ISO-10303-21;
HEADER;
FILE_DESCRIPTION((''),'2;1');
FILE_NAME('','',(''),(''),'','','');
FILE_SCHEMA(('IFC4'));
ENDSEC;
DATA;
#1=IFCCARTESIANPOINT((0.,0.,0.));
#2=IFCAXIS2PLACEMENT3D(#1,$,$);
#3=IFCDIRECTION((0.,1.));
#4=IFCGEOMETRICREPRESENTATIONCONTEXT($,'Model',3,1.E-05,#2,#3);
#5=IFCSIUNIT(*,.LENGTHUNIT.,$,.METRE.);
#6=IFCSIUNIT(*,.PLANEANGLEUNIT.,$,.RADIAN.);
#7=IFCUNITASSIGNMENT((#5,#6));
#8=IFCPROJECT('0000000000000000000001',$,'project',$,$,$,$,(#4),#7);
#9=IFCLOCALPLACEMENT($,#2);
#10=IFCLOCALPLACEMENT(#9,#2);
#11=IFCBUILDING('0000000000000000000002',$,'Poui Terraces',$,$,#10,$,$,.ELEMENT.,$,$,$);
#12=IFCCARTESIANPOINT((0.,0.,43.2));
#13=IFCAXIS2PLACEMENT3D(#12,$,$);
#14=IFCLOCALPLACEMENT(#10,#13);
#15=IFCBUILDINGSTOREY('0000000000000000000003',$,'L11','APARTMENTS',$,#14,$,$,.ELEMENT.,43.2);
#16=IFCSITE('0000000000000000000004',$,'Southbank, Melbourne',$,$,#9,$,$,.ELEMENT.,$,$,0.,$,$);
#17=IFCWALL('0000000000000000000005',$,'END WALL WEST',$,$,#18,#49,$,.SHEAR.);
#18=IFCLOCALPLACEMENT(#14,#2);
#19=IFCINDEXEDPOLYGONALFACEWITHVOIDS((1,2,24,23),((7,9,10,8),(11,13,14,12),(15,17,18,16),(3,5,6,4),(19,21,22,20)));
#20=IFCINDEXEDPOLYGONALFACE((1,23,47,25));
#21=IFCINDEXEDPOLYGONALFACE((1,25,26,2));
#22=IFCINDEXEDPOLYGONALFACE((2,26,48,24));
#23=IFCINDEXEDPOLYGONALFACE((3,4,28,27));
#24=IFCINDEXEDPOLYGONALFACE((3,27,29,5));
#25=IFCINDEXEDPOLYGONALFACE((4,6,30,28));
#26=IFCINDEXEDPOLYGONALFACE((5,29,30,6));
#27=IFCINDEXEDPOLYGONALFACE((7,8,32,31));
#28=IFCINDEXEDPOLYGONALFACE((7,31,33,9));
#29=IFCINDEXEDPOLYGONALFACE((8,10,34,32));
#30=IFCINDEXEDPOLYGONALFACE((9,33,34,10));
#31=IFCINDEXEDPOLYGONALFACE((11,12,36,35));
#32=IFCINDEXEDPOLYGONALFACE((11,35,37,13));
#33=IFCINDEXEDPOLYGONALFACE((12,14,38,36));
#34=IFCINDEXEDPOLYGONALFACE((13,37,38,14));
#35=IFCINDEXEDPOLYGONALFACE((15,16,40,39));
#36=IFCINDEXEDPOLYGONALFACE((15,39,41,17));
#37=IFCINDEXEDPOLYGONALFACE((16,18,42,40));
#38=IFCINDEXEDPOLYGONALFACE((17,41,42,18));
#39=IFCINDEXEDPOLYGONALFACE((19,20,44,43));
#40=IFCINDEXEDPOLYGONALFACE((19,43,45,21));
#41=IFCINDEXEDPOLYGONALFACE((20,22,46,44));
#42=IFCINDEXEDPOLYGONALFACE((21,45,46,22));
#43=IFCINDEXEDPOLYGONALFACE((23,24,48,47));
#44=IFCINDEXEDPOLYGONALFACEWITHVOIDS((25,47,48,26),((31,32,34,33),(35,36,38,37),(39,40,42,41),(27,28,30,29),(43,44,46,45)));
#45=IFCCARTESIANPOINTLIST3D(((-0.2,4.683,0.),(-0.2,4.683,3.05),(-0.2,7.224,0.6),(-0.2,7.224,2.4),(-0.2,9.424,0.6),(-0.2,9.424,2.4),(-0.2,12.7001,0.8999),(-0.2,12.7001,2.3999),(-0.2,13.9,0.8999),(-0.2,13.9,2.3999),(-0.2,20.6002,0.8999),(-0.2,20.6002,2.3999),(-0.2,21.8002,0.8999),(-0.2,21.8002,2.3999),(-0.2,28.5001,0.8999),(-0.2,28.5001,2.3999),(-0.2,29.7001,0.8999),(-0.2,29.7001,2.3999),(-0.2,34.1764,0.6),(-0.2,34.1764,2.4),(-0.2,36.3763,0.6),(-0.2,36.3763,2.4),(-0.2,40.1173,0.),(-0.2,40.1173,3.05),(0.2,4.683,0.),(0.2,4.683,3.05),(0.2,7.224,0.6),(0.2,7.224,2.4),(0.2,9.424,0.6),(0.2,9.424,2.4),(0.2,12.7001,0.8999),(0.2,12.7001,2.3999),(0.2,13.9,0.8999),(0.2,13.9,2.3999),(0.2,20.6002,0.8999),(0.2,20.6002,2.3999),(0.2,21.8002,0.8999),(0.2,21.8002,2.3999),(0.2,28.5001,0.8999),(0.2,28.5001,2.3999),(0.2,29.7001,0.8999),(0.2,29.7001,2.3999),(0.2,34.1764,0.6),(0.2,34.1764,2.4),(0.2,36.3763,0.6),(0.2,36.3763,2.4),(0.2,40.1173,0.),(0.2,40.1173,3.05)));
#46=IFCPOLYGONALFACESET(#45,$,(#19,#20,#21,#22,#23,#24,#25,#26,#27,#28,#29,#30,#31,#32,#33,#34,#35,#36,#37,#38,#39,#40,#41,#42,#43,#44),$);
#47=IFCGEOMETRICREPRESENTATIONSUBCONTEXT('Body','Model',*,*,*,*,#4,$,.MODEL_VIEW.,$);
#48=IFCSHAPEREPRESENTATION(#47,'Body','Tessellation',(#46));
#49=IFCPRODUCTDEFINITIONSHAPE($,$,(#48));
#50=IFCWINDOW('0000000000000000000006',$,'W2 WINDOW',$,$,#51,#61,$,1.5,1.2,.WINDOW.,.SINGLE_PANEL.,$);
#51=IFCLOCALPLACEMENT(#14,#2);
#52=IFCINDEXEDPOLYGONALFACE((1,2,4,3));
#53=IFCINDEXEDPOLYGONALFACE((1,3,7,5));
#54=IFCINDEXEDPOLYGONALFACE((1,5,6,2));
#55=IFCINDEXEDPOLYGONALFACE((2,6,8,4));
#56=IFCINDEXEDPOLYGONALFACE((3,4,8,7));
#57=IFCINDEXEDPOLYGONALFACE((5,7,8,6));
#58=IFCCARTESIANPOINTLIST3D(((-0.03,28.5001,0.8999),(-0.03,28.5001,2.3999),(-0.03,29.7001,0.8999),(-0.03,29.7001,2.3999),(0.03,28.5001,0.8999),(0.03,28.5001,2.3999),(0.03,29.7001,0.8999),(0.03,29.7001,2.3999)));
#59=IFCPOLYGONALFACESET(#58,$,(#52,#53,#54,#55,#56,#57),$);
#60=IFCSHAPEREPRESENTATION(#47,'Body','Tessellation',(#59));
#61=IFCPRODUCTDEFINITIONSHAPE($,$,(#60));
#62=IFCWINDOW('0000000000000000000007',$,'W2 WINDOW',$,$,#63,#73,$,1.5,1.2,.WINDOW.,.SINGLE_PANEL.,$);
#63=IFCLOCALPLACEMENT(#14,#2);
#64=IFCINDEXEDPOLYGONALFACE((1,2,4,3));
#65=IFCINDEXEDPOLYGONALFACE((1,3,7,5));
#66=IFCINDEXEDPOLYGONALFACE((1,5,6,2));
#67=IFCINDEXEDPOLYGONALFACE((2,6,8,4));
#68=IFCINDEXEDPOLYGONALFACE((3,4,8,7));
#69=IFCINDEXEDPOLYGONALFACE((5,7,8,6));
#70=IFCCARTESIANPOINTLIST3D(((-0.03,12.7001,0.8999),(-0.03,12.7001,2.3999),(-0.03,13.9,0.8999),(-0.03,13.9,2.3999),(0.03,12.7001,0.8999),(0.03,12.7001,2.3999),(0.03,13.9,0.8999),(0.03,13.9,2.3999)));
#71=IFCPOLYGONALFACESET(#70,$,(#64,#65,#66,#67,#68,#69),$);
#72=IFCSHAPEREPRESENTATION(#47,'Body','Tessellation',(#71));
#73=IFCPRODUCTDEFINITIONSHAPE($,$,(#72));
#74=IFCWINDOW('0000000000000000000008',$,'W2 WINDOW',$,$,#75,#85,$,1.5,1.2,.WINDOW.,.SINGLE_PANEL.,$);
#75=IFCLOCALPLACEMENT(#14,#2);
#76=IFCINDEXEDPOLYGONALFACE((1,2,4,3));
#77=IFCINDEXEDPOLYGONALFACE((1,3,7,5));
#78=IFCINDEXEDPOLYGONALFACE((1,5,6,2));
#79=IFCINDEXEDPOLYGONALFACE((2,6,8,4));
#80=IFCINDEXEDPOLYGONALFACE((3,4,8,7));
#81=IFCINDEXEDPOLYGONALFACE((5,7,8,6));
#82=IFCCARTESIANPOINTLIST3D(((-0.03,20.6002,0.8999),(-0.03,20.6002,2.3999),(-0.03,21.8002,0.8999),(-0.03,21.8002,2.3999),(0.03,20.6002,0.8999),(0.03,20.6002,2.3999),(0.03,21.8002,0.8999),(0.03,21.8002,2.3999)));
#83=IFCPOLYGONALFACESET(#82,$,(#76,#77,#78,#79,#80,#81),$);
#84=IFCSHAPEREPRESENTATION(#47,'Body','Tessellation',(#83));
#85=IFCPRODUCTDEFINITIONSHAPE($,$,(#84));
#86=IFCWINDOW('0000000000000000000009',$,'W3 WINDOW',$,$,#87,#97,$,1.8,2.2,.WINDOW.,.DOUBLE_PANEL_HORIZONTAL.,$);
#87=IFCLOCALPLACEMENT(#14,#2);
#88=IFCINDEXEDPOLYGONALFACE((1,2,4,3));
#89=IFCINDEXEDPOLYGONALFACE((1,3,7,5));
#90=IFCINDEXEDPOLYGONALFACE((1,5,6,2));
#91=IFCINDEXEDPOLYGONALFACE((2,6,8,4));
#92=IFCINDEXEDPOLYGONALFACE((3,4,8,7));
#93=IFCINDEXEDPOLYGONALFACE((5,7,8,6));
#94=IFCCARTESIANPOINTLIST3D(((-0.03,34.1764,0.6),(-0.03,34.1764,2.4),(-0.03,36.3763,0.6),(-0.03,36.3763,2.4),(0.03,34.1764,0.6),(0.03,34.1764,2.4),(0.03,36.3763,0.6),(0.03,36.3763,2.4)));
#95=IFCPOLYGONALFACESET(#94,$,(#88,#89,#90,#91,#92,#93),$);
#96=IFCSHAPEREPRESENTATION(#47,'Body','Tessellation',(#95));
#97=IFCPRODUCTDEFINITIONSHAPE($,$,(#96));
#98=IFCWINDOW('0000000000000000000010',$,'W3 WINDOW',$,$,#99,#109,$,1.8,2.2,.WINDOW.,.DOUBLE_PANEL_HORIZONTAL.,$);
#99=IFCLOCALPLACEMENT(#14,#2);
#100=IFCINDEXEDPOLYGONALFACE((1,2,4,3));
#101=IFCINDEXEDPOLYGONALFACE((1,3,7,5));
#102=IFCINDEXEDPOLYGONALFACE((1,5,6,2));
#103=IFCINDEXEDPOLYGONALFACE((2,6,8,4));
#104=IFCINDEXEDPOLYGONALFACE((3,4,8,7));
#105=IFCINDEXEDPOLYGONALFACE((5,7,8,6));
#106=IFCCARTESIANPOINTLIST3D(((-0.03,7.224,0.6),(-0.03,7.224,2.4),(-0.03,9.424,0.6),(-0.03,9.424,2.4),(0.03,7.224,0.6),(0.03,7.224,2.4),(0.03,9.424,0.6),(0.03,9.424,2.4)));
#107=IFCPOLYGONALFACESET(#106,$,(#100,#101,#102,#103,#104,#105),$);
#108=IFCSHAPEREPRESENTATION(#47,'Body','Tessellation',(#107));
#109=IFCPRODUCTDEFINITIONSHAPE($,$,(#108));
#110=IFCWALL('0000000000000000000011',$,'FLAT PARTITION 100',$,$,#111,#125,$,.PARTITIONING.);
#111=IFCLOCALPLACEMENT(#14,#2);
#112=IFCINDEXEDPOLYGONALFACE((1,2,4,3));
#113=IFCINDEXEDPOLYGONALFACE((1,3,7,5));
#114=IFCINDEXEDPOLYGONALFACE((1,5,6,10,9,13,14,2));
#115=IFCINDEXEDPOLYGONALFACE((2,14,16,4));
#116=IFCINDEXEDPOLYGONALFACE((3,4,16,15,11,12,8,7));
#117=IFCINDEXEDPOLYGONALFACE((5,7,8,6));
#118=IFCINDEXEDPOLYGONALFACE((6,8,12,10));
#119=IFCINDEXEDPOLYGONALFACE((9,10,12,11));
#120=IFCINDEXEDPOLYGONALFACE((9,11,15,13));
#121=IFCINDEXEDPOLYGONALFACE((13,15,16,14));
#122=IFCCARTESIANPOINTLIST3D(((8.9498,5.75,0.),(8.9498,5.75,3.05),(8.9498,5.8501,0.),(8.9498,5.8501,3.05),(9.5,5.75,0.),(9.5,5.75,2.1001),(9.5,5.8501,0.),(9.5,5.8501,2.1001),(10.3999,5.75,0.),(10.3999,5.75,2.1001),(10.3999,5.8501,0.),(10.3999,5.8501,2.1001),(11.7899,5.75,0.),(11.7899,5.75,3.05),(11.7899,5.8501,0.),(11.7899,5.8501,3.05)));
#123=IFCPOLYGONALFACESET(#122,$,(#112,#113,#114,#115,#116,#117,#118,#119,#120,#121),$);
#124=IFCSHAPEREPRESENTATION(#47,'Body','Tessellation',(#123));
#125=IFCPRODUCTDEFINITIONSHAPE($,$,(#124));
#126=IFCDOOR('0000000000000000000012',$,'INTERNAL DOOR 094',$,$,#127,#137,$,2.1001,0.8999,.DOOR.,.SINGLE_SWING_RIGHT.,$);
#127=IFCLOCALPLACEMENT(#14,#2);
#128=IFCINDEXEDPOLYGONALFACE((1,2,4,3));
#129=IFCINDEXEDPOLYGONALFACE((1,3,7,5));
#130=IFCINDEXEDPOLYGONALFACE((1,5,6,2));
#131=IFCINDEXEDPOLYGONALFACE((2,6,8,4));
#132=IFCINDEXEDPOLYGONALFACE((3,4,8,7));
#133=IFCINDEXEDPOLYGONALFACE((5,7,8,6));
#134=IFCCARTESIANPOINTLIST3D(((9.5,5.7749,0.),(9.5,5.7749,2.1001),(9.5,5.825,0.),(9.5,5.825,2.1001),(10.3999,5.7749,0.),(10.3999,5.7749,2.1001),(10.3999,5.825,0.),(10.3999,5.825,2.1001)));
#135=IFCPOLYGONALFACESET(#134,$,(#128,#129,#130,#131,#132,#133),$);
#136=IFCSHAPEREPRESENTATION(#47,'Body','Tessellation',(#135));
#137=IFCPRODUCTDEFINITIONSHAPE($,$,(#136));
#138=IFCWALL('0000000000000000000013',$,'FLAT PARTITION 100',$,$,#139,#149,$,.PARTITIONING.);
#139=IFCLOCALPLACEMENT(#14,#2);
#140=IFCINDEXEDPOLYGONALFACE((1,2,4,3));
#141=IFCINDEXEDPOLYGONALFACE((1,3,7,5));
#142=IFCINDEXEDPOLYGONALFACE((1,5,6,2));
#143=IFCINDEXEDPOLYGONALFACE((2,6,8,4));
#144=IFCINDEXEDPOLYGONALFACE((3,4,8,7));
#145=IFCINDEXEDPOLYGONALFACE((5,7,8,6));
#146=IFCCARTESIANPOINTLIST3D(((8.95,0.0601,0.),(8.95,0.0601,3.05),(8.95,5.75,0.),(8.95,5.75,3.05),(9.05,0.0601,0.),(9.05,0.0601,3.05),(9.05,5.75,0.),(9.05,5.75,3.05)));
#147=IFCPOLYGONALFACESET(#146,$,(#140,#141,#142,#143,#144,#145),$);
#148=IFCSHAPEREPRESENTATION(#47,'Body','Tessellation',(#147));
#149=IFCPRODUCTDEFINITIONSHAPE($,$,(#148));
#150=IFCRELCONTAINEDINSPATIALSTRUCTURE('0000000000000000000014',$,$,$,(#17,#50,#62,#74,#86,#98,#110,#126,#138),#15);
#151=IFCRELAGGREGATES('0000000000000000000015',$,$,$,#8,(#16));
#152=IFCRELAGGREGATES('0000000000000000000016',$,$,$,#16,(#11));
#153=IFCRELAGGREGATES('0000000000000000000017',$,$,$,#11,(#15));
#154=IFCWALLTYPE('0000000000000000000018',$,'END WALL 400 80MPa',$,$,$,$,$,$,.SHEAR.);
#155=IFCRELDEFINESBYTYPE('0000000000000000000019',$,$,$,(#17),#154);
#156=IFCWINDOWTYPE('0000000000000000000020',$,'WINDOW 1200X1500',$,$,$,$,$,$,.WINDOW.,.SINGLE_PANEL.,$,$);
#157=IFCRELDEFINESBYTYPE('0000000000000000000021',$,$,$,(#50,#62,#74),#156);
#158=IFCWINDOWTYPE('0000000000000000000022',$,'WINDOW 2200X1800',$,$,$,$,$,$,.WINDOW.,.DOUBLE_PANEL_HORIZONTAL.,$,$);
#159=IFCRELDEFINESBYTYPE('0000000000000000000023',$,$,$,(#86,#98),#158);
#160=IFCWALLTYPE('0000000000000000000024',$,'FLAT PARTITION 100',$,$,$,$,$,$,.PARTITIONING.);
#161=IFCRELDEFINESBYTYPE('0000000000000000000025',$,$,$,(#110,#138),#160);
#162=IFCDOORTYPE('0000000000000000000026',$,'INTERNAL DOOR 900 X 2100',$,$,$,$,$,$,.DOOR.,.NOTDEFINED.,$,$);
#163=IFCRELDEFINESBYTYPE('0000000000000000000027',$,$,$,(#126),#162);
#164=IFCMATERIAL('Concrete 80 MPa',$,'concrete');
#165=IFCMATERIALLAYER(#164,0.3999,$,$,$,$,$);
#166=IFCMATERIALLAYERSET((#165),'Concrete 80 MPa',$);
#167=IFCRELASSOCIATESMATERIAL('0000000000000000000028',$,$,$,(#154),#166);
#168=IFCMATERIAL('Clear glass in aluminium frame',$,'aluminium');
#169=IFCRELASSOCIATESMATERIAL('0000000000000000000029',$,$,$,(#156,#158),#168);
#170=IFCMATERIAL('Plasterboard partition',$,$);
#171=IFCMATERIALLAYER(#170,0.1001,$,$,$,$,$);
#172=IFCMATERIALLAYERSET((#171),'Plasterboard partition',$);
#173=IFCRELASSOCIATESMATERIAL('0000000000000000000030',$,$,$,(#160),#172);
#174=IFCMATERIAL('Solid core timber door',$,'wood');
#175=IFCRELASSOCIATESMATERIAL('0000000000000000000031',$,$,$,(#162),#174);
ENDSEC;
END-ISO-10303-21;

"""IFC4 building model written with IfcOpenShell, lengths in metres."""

from ifc_helpers import new_model, si_unit, direction, frame, frame_2d, origin, place, context, subcontext, project, spatial, rectangle, extrude, material, layer, layer_set, type_object, element, fill, save


model = new_model("IFC4")

# Units and contexts
model_context = context("Model", 3, precision=1e-05, world=origin(), true_north=direction((0.0, 1.0)))
body_context = subcontext(model_context, "Body", "Model", "MODEL_VIEW")
ifc_project = project(units=[si_unit("LENGTHUNIT", "METRE"), si_unit("PLANEANGLEUNIT", "RADIAN")], contexts=[model_context])

# Site, building, storey
site_placement = place(None, origin())
site = spatial("IfcSite", under=ifc_project, at=site_placement, Name="Southbank, Melbourne", CompositionType="ELEMENT", RefElevation=0.0)
building_placement = place(site_placement, origin())
building = spatial("IfcBuilding", under=site, at=building_placement, Name="Poui Terraces", CompositionType="ELEMENT")
storey_placement = place(building_placement, frame((0.0, 0.0, 43.2)))
storey = spatial("IfcBuildingStorey", under=building, at=storey_placement, Name="L11", Description="APARTMENTS", CompositionType="ELEMENT", Elevation=43.2)

# Shared definitions
ifc_material_1 = material(Name="Concrete 80 MPa", Category="concrete")

# Wall, openings, windows
ifc_layer_1 = layer(ifc_material_1, 0.3999)
ifc_layer_set_1 = layer_set([ifc_layer_1], Name="Concrete 80 MPa")
wall_type_1 = type_object("IfcWallType", Name="END WALL 400 80MPa", PredefinedType="SHEAR", material=ifc_layer_set_1)
wall_1_placement = place(storey_placement, frame((0.0, 4.6829, 0.0), z_axis=(0.0, 0.0, 1.0), x_axis=(0.0, 1.0, 0.0)))
wall_1 = element("IfcWall", 1, at=wall_1_placement, inside=storey, type_object=wall_type_1, Name="END WALL WEST", PredefinedType="SHEAR", context=body_context, shape_type="SweptSolid", body=[
    extrude(rectangle(XDim=35.4343, YDim=0.3999, at=frame_2d((17.7173, 0.0))), origin(), (0.0, 0.0, 1.0), 3.05),
])
opening_1_placement = place(wall_1_placement, frame((23.8171, 0.0, 0.8999)))
opening_1 = element("IfcOpeningElement", 2, at=opening_1_placement, cuts=wall_1, PredefinedType="OPENING", context=body_context, shape_type="SweptSolid", body=[
    extrude(rectangle(XDim=1.2, YDim=1.5, at=frame_2d((0.6001, 0.75))), frame((0.0, 0.21, 0.0), z_axis=(0.0, -1.0, 0.0), x_axis=(1.0, 0.0, 0.0)), (0.0, 0.0, 1.0), 0.4199),
])
opening_2_placement = place(wall_1_placement, frame((8.0171, 0.0, 0.8999)))
opening_2 = element("IfcOpeningElement", 3, at=opening_2_placement, cuts=wall_1, PredefinedType="OPENING", context=body_context, shape_type="SweptSolid", body=[
    extrude(rectangle(XDim=1.2, YDim=1.5, at=frame_2d((0.6001, 0.75))), frame((0.0, 0.21, 0.0), z_axis=(0.0, -1.0, 0.0), x_axis=(1.0, 0.0, 0.0)), (0.0, 0.0, 1.0), 0.4199),
])
opening_3_placement = place(wall_1_placement, frame((15.9172, 0.0, 0.8999)))
opening_3 = element("IfcOpeningElement", 4, at=opening_3_placement, cuts=wall_1, PredefinedType="OPENING", context=body_context, shape_type="SweptSolid", body=[
    extrude(rectangle(XDim=1.2, YDim=1.5, at=frame_2d((0.6001, 0.75))), frame((0.0, 0.21, 0.0), z_axis=(0.0, -1.0, 0.0), x_axis=(1.0, 0.0, 0.0)), (0.0, 0.0, 1.0), 0.4199),
])
opening_4_placement = place(wall_1_placement, frame((29.4934, 0.0, 0.6001)))
opening_4 = element("IfcOpeningElement", 5, at=opening_4_placement, cuts=wall_1, PredefinedType="OPENING", context=body_context, shape_type="SweptSolid", body=[
    extrude(rectangle(XDim=2.2, YDim=1.8, at=frame_2d((1.1001, 0.8999))), frame((0.0, 0.21, 0.0), z_axis=(0.0, -1.0, 0.0), x_axis=(1.0, 0.0, 0.0)), (0.0, 0.0, 1.0), 0.4199),
])
opening_5_placement = place(wall_1_placement, frame((2.541, 0.0, 0.6001)))
opening_5 = element("IfcOpeningElement", 6, at=opening_5_placement, cuts=wall_1, PredefinedType="OPENING", context=body_context, shape_type="SweptSolid", body=[
    extrude(rectangle(XDim=2.2, YDim=1.8, at=frame_2d((1.1001, 0.8999))), frame((0.0, 0.21, 0.0), z_axis=(0.0, -1.0, 0.0), x_axis=(1.0, 0.0, 0.0)), (0.0, 0.0, 1.0), 0.4199),
])
ifc_material_2 = material(Name="Clear glass in aluminium frame", Category="aluminium")
window_type_1 = type_object("IfcWindowType", Name="WINDOW 1200X1500", PartitioningType="SINGLE_PANEL", PredefinedType="WINDOW", material=ifc_material_2)
window_1_placement = place(opening_1_placement, origin())
window_1 = element("IfcWindow", 7, at=window_1_placement, inside=storey, type_object=window_type_1, Name="W2 WINDOW", OverallHeight=1.5, OverallWidth=1.2, PartitioningType="SINGLE_PANEL", PredefinedType="WINDOW", context=body_context, shape_type="SweptSolid", body=[
    extrude(rectangle(XDim=1.2, YDim=1.5, at=frame_2d((0.6001, 0.75))), frame((0.0, 0.03, 0.0), z_axis=(0.0, -1.0, 0.0), x_axis=(1.0, 0.0, 0.0)), (0.0, 0.0, 1.0), 0.0601),
])
fill(opening_1, window_1)
window_2_placement = place(opening_2_placement, origin())
window_2 = element("IfcWindow", 8, at=window_2_placement, inside=storey, type_object=window_type_1, Name="W2 WINDOW", OverallHeight=1.5, OverallWidth=1.2, PartitioningType="SINGLE_PANEL", PredefinedType="WINDOW", context=body_context, shape_type="SweptSolid", body=[
    extrude(rectangle(XDim=1.2, YDim=1.5, at=frame_2d((0.6001, 0.75))), frame((0.0, 0.03, 0.0), z_axis=(0.0, -1.0, 0.0), x_axis=(1.0, 0.0, 0.0)), (0.0, 0.0, 1.0), 0.0601),
])
fill(opening_2, window_2)
window_3_placement = place(opening_3_placement, origin())
window_3 = element("IfcWindow", 9, at=window_3_placement, inside=storey, type_object=window_type_1, Name="W2 WINDOW", OverallHeight=1.5, OverallWidth=1.2, PartitioningType="SINGLE_PANEL", PredefinedType="WINDOW", context=body_context, shape_type="SweptSolid", body=[
    extrude(rectangle(XDim=1.2, YDim=1.5, at=frame_2d((0.6001, 0.75))), frame((0.0, 0.03, 0.0), z_axis=(0.0, -1.0, 0.0), x_axis=(1.0, 0.0, 0.0)), (0.0, 0.0, 1.0), 0.0601),
])
fill(opening_3, window_3)
window_type_2 = type_object("IfcWindowType", Name="WINDOW 2200X1800", PartitioningType="DOUBLE_PANEL_HORIZONTAL", PredefinedType="WINDOW", material=ifc_material_2)
window_4_placement = place(opening_4_placement, origin())
window_4 = element("IfcWindow", 10, at=window_4_placement, inside=storey, type_object=window_type_2, Name="W3 WINDOW", OverallHeight=1.8, OverallWidth=2.2, PartitioningType="DOUBLE_PANEL_HORIZONTAL", PredefinedType="WINDOW", context=body_context, shape_type="SweptSolid", body=[
    extrude(rectangle(XDim=2.2, YDim=1.8, at=frame_2d((1.1001, 0.8999))), frame((0.0, 0.03, 0.0), z_axis=(0.0, -1.0, 0.0), x_axis=(1.0, 0.0, 0.0)), (0.0, 0.0, 1.0), 0.0601),
])
fill(opening_4, window_4)
window_5_placement = place(opening_5_placement, origin())
window_5 = element("IfcWindow", 11, at=window_5_placement, inside=storey, type_object=window_type_2, Name="W3 WINDOW", OverallHeight=1.8, OverallWidth=2.2, PartitioningType="DOUBLE_PANEL_HORIZONTAL", PredefinedType="WINDOW", context=body_context, shape_type="SweptSolid", body=[
    extrude(rectangle(XDim=2.2, YDim=1.8, at=frame_2d((1.1001, 0.8999))), frame((0.0, 0.03, 0.0), z_axis=(0.0, -1.0, 0.0), x_axis=(1.0, 0.0, 0.0)), (0.0, 0.0, 1.0), 0.0601),
])
fill(opening_5, window_5)

# Wall, opening, door
ifc_material_3 = material(Name="Plasterboard partition")
ifc_layer_2 = layer(ifc_material_3, 0.1001)
ifc_layer_set_2 = layer_set([ifc_layer_2], Name="Plasterboard partition")
wall_type_2 = type_object("IfcWallType", Name="FLAT PARTITION 100", PredefinedType="PARTITIONING", material=ifc_layer_set_2)
wall_2_placement = place(storey_placement, frame((8.95, 5.8, 0.0), z_axis=(0.0, 0.0, 1.0), x_axis=(1.0, 0.0, 0.0)))
wall_2 = element("IfcWall", 12, at=wall_2_placement, inside=storey, type_object=wall_type_2, Name="FLAT PARTITION 100", PredefinedType="PARTITIONING", context=body_context, shape_type="SweptSolid", body=[
    extrude(rectangle(XDim=2.8401, YDim=0.1001, at=frame_2d((1.4199, 0.0))), origin(), (0.0, 0.0, 1.0), 3.05),
])
opening_6_placement = place(wall_2_placement, frame((0.55, 0.0, 0.0)))
opening_6 = element("IfcOpeningElement", 13, at=opening_6_placement, cuts=wall_2, PredefinedType="OPENING", context=body_context, shape_type="SweptSolid", body=[
    extrude(rectangle(XDim=0.8999, YDim=2.1001, at=frame_2d((0.45, 1.05))), frame((0.0, 0.0601, 0.0), z_axis=(0.0, -1.0, 0.0), x_axis=(1.0, 0.0, 0.0)), (0.0, 0.0, 1.0), 0.1201),
])
ifc_material_4 = material(Name="Solid core timber door", Category="wood")
door_type = type_object("IfcDoorType", Name="INTERNAL DOOR 900 X 2100", OperationType="NOTDEFINED", PredefinedType="DOOR", material=ifc_material_4)
door_placement = place(opening_6_placement, origin())
door = element("IfcDoor", 14, at=door_placement, inside=storey, type_object=door_type, Name="INTERNAL DOOR 094", OperationType="SINGLE_SWING_RIGHT", OverallHeight=2.1001, OverallWidth=0.8999, PredefinedType="DOOR", context=body_context, shape_type="SweptSolid", body=[
    extrude(rectangle(XDim=0.8999, YDim=2.1001, at=frame_2d((0.45, 1.05))), frame((0.0, 0.0249, 0.0), z_axis=(0.0, -1.0, 0.0), x_axis=(1.0, 0.0, 0.0)), (0.0, 0.0, 1.0), 0.05),
])
fill(opening_6, door)

# Wall
wall_3_placement = place(storey_placement, frame((9.0, 0.0601, 0.0), z_axis=(0.0, 0.0, 1.0), x_axis=(0.0, 1.0, 0.0)))
element("IfcWall", 15, at=wall_3_placement, inside=storey, type_object=wall_type_2, Name="FLAT PARTITION 100", PredefinedType="PARTITIONING", context=body_context, shape_type="SweptSolid", body=[
    extrude(rectangle(XDim=5.6899, YDim=0.1001, at=frame_2d((2.845, 0.0))), origin(), (0.0, 0.0, 1.0), 3.05),
])

save(model, "model.ifc")
